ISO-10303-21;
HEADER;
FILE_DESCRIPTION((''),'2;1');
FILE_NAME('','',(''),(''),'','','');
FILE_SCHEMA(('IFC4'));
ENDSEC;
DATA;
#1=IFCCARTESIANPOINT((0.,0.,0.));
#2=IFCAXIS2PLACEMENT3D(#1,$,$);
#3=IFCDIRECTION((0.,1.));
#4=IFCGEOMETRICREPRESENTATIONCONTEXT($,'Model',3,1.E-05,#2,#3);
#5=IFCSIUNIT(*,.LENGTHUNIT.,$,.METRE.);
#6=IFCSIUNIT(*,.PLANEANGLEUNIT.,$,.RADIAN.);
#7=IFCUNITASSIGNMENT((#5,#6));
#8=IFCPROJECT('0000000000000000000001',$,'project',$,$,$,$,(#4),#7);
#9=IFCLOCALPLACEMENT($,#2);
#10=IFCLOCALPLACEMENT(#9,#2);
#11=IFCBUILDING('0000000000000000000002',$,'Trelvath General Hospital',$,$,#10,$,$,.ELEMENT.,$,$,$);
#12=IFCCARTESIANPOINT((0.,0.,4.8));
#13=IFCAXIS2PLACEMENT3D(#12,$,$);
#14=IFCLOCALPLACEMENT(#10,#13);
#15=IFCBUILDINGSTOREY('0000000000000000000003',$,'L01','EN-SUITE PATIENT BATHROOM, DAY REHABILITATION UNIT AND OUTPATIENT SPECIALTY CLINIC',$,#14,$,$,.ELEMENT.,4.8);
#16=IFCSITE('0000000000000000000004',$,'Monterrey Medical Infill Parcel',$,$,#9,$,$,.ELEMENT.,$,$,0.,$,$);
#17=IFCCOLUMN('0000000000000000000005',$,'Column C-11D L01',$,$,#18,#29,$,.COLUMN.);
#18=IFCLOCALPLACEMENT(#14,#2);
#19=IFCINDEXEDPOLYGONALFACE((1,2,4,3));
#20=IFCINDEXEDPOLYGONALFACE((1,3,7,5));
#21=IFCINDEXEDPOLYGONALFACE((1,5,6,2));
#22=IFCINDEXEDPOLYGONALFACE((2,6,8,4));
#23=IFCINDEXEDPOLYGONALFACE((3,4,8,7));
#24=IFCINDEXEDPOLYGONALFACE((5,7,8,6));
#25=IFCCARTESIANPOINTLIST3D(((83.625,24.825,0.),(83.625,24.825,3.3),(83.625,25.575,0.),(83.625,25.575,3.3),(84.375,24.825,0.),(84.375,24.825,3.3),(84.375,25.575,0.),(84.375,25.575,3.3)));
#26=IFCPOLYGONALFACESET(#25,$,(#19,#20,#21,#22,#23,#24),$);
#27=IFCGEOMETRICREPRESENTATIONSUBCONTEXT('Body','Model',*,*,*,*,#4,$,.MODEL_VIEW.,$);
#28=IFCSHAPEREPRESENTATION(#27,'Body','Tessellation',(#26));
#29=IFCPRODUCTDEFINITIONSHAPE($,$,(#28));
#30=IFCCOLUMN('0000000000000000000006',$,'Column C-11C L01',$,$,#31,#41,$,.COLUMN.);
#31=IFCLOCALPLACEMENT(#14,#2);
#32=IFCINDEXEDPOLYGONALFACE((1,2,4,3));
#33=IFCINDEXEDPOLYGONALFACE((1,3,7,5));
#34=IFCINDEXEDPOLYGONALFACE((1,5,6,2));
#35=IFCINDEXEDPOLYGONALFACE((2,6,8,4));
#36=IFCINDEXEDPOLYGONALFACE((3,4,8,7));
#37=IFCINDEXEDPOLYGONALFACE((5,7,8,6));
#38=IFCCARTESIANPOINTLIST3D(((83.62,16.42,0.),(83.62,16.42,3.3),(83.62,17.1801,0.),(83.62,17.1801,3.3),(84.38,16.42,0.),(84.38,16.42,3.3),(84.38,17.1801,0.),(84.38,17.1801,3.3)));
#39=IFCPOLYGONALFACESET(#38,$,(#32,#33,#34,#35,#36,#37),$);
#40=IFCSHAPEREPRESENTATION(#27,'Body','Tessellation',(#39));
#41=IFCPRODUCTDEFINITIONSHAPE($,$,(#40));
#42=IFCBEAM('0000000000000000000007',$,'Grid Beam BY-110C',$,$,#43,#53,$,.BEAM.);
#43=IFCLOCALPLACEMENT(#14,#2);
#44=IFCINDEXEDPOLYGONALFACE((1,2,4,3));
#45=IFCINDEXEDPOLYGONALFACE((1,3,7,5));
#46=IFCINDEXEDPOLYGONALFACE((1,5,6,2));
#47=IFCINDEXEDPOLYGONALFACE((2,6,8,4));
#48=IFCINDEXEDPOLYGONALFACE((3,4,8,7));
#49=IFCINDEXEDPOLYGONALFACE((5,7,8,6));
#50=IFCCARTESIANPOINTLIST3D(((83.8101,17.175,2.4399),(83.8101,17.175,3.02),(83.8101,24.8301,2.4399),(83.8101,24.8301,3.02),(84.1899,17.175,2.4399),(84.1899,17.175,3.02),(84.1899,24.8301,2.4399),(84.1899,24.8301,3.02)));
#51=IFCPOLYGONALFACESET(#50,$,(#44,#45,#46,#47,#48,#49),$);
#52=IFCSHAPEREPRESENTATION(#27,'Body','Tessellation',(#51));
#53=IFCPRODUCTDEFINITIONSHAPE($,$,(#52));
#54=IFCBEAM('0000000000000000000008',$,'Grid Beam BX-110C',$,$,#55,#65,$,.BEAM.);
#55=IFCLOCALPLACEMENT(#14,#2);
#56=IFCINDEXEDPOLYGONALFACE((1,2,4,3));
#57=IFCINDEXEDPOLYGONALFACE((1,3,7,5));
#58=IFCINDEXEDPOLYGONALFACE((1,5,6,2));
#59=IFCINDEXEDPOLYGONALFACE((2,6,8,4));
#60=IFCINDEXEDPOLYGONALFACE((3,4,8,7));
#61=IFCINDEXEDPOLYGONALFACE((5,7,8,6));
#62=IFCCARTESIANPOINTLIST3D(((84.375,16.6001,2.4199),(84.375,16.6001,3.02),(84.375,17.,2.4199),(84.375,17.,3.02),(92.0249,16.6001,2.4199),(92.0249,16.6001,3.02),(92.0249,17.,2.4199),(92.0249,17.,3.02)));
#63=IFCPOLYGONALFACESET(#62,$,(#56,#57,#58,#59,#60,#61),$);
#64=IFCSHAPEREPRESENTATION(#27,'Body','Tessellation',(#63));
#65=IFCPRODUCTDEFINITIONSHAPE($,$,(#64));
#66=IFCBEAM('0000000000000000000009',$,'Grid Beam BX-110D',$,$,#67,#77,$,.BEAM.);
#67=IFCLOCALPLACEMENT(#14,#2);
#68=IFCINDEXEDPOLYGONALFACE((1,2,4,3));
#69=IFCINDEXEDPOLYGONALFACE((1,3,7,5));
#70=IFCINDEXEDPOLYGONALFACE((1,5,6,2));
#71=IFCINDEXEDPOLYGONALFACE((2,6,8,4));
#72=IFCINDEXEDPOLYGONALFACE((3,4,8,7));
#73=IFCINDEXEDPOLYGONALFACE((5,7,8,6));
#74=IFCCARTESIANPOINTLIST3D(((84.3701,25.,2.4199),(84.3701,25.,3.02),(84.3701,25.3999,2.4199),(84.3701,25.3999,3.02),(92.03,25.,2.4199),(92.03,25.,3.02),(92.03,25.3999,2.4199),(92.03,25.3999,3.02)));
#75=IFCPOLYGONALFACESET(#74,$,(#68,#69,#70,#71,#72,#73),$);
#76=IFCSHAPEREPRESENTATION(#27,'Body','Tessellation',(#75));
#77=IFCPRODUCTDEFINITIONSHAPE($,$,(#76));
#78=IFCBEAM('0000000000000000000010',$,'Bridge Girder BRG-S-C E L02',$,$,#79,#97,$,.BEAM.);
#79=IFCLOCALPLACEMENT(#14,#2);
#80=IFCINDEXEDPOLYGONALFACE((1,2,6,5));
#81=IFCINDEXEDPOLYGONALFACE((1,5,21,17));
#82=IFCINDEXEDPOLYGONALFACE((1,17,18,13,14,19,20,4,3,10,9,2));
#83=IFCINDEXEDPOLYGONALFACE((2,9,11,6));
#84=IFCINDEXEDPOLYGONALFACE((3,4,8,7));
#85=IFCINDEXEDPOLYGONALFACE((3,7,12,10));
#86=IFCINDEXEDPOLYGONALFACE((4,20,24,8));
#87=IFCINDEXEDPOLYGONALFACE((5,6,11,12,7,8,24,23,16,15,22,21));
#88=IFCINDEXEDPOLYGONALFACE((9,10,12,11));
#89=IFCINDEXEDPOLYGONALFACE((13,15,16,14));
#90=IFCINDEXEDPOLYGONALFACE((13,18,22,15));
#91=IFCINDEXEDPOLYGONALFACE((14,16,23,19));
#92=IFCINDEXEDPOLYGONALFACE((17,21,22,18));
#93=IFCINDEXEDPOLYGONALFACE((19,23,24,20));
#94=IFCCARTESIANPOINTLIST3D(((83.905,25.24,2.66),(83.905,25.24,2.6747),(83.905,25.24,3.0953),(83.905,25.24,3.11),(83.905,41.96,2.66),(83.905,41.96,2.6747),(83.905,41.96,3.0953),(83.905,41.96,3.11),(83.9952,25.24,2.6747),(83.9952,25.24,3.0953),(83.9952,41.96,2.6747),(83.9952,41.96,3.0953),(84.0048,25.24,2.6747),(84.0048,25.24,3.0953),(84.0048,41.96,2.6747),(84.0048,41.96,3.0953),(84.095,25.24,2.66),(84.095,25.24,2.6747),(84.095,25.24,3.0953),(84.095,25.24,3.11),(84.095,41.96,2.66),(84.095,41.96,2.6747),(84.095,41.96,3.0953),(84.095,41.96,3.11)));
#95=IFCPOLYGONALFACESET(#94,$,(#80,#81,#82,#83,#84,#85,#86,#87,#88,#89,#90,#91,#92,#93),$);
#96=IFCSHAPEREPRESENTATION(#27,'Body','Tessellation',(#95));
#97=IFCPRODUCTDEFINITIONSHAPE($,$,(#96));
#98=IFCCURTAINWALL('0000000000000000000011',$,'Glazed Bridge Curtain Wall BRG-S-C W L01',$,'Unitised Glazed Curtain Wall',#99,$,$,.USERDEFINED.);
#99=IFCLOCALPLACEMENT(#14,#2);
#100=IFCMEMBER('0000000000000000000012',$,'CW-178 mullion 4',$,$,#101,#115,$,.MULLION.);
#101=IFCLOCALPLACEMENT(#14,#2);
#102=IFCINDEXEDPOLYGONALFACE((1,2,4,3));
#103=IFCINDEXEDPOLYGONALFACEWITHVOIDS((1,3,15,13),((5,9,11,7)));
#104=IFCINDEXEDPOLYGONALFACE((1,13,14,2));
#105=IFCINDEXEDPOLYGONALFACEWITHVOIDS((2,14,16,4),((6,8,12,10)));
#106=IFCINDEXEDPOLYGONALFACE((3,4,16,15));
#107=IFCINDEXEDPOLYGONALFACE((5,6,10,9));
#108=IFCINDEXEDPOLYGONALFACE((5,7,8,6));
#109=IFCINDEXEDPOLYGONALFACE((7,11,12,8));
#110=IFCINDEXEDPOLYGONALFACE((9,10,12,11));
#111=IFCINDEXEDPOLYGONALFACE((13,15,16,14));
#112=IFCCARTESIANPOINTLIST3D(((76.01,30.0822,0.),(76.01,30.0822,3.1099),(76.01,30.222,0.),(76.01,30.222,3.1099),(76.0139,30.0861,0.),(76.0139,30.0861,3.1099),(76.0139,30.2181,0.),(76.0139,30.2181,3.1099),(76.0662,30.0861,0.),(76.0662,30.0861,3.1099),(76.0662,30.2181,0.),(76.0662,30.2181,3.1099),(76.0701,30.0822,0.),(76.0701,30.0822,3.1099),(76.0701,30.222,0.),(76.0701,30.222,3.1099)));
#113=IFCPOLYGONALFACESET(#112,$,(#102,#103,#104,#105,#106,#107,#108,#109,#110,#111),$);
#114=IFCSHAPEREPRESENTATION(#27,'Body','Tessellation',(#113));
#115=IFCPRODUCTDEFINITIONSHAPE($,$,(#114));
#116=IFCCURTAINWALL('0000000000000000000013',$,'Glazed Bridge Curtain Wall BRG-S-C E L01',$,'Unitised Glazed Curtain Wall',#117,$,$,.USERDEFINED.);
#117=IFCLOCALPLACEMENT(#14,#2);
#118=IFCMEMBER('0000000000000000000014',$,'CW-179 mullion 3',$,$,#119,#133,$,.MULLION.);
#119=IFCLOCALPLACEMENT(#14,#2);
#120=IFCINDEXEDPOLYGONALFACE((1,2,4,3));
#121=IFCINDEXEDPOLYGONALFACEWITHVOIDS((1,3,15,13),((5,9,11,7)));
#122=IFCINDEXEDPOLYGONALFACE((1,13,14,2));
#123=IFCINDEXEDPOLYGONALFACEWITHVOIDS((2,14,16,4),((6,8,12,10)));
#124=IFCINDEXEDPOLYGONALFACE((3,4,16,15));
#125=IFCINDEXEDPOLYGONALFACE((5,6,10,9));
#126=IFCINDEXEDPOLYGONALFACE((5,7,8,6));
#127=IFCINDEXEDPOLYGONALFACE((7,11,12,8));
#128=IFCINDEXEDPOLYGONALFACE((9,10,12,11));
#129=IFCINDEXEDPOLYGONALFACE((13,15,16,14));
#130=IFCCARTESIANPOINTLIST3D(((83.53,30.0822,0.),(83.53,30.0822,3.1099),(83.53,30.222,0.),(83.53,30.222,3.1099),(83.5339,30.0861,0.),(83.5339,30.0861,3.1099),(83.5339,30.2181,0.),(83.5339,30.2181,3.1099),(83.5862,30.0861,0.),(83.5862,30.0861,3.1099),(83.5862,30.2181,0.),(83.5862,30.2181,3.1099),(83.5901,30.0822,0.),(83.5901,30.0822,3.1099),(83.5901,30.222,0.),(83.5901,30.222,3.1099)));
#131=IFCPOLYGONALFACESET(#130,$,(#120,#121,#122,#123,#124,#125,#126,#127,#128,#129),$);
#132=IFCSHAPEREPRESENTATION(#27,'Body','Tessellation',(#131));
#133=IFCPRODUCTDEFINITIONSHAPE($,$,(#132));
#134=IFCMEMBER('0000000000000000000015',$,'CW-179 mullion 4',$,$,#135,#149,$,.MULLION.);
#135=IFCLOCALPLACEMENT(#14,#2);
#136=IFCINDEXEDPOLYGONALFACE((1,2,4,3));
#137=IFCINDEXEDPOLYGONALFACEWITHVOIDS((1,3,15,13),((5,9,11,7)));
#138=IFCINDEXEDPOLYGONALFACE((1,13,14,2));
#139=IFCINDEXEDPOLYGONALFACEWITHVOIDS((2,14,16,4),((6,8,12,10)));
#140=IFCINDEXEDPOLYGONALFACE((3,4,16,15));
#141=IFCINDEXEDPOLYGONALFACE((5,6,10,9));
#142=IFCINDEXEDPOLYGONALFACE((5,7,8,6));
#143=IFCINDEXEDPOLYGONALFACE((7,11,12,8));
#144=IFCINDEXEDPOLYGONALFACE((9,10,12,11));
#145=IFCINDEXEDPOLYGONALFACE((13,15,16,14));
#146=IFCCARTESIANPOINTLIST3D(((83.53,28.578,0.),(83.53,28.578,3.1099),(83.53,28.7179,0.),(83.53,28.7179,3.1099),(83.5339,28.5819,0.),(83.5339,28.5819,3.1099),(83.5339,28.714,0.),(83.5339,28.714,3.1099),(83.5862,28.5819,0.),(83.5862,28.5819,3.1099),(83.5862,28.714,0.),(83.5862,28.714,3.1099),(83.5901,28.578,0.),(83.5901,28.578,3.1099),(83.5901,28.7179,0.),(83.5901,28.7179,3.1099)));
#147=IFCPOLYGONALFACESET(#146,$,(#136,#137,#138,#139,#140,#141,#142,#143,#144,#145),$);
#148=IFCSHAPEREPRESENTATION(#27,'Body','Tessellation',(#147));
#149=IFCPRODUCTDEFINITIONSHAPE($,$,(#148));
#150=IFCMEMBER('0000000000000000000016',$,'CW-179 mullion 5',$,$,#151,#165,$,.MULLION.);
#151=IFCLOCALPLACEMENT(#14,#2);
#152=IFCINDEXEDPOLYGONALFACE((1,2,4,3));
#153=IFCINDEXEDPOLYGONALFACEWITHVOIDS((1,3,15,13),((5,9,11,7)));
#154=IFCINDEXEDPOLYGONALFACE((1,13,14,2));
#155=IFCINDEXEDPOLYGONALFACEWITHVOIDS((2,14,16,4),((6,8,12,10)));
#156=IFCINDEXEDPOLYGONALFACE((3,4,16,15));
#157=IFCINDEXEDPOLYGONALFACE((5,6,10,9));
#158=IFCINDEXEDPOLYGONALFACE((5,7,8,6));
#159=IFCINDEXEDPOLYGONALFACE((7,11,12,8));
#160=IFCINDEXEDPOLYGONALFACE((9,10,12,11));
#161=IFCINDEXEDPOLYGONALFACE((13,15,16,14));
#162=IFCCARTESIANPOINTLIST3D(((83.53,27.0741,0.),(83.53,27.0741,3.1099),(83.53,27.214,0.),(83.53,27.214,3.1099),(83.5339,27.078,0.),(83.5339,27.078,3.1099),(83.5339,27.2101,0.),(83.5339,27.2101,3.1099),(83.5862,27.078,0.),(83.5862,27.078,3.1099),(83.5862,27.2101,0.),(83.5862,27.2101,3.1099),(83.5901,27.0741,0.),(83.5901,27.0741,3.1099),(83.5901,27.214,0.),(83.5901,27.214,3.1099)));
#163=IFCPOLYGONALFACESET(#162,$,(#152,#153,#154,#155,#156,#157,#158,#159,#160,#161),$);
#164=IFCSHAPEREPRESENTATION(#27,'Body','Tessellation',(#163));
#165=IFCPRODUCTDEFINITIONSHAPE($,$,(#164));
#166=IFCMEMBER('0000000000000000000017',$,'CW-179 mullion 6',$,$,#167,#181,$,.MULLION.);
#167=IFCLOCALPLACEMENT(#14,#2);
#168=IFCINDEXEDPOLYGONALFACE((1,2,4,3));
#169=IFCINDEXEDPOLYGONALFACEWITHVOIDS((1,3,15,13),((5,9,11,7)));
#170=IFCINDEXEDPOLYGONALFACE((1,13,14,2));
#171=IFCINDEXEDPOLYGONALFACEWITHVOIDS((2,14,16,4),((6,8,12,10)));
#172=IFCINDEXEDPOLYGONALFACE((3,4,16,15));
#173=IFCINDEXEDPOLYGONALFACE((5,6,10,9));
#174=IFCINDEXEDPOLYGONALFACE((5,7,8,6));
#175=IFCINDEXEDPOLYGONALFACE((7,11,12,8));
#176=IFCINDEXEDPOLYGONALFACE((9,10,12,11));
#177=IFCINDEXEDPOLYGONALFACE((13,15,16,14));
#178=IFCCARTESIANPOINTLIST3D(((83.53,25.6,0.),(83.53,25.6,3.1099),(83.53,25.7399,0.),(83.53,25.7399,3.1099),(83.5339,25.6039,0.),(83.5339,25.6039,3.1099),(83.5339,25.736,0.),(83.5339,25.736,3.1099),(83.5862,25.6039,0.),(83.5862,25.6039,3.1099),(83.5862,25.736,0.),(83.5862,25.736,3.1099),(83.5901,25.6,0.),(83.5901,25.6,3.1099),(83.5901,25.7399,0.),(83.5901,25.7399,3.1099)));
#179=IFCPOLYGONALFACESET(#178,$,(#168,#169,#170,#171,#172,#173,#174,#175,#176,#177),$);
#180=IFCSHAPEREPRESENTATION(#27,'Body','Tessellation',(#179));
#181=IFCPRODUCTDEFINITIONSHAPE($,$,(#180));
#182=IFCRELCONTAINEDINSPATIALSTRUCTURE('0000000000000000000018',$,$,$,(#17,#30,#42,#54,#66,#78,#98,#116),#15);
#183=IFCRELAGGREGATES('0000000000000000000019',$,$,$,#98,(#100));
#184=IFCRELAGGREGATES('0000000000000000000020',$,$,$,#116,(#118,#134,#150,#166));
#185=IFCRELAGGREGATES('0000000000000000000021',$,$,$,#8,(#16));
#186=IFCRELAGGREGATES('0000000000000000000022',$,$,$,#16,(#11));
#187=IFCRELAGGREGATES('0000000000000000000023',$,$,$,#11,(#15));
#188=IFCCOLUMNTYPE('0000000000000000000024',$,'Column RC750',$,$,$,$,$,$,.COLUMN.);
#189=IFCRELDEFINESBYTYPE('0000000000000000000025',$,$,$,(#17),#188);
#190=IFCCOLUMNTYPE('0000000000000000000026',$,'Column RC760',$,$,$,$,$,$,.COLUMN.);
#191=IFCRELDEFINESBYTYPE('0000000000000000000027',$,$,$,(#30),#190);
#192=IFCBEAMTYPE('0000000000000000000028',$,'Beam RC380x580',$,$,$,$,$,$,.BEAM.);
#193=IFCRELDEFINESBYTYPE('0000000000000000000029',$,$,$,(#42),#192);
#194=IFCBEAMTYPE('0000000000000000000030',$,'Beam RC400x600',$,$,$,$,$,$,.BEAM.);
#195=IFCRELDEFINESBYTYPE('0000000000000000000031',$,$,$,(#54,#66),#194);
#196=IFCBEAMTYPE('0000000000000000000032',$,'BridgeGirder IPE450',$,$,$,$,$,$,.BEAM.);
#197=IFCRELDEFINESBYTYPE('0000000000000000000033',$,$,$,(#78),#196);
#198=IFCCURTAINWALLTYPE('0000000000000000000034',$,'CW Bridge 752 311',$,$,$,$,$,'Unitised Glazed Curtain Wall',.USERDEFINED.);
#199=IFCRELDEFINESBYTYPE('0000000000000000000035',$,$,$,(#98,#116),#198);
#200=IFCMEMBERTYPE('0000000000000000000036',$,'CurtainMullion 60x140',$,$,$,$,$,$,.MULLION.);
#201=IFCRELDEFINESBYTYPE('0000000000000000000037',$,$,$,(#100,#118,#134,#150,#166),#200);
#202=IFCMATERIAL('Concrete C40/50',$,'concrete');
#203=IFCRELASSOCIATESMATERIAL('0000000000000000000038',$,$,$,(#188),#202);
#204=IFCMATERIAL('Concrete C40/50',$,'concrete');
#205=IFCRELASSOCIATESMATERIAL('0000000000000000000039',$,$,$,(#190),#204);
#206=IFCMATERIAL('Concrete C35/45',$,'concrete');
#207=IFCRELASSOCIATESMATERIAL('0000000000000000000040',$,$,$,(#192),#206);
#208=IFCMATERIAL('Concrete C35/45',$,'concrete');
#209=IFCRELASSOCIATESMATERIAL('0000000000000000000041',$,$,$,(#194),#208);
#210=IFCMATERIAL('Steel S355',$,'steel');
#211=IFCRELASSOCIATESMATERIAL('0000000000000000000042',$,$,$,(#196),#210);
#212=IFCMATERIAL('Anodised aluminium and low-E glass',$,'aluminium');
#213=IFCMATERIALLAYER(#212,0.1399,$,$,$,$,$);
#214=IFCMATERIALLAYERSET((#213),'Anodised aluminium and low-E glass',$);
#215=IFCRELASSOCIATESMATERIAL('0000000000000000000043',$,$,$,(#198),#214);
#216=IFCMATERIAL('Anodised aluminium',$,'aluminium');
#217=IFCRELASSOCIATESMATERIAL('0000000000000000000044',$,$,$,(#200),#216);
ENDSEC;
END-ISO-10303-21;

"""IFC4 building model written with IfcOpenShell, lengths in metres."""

from ifc_helpers import new_model, si_unit, direction, frame, origin, origin_2d, place, context, subcontext, project, spatial, rectangle, hollow_rectangle, i_section, extrude, material, layer, layer_set, material_profile, profile_set, type_object, element, aggregate, save


model = new_model("IFC4")

# Units and contexts
model_context = context("Model", 3, precision=1e-05, world=origin(), true_north=direction((0.0, 1.0)))
body_context = subcontext(model_context, "Body", "Model", "MODEL_VIEW")
ifc_project = project(units=[si_unit("LENGTHUNIT", "METRE"), si_unit("PLANEANGLEUNIT", "RADIAN")], contexts=[model_context])

# Site, building, storey
site_placement = place(None, origin())
site = spatial("IfcSite", under=ifc_project, at=site_placement, Name="Monterrey Medical Infill Parcel", CompositionType="ELEMENT", RefElevation=0.0)
building_placement = place(site_placement, origin())
building = spatial("IfcBuilding", under=site, at=building_placement, Name="Trelvath General Hospital", CompositionType="ELEMENT")
storey_placement = place(building_placement, frame((0.0, 0.0, 4.8)))
storey = spatial("IfcBuildingStorey", under=building, at=storey_placement, Name="L01", Description="EN-SUITE PATIENT BATHROOM, DAY REHABILITATION UNIT AND OUTPATIENT SPECIALTY CLINIC", CompositionType="ELEMENT", Elevation=4.8)

# Columns
ifc_material_1 = material(Name="Concrete C40/50", Category="concrete")
ifc_material_profile_1 = material_profile(ifc_material_1, rectangle(XDim=0.75, YDim=0.75, at=origin_2d()), Name="RC750x750")
ifc_profile_set_1 = profile_set([ifc_material_profile_1], Name="Concrete C40/50")
column_type_1 = type_object("IfcColumnType", Name="Column RC750", PredefinedType="COLUMN", material=ifc_profile_set_1)
column_1_placement = place(storey_placement, frame((84.0, 25.2, 0.0), z_axis=(0.0, 0.0, 1.0), x_axis=(1.0, 0.0, 0.0)))
element("IfcColumn", 1, at=column_1_placement, inside=storey, type_object=column_type_1, Name="Column C-11D L01", PredefinedType="COLUMN", context=body_context, shape_type="SweptSolid", body=[
    extrude(rectangle(XDim=0.75, YDim=0.75, at=origin_2d()), origin(), (0.0, 0.0, 1.0), 3.3),
])
ifc_material_2 = material(Name="Concrete C40/50", Category="concrete")
ifc_material_profile_2 = material_profile(ifc_material_2, rectangle(XDim=0.76, YDim=0.76, at=origin_2d()), Name="RC760x760")
ifc_profile_set_2 = profile_set([ifc_material_profile_2], Name="Concrete C40/50")
column_type_2 = type_object("IfcColumnType", Name="Column RC760", PredefinedType="COLUMN", material=ifc_profile_set_2)
column_2_placement = place(storey_placement, frame((84.0, 16.8, 0.0), z_axis=(0.0, 0.0, 1.0), x_axis=(1.0, 0.0, 0.0)))
element("IfcColumn", 2, at=column_2_placement, inside=storey, type_object=column_type_2, Name="Column C-11C L01", PredefinedType="COLUMN", context=body_context, shape_type="SweptSolid", body=[
    extrude(rectangle(XDim=0.76, YDim=0.76, at=origin_2d()), origin(), (0.0, 0.0, 1.0), 3.3),
])

# Beams
ifc_material_3 = material(Name="Concrete C35/45", Category="concrete")
ifc_material_profile_3 = material_profile(ifc_material_3, rectangle(XDim=0.3799, YDim=0.5801, at=origin_2d()), Name="RCB380x580")
ifc_profile_set_3 = profile_set([ifc_material_profile_3], Name="Concrete C35/45")
beam_type_1 = type_object("IfcBeamType", Name="Beam RC380x580", PredefinedType="BEAM", material=ifc_profile_set_3)
beam_1_placement = place(storey_placement, frame((84.0, 17.175, 2.73), z_axis=(0.0, 1.0, 0.0), x_axis=(-1.0, 0.0, 0.0)))
element("IfcBeam", 3, at=beam_1_placement, inside=storey, type_object=beam_type_1, Name="Grid Beam BY-110C", PredefinedType="BEAM", context=body_context, shape_type="SweptSolid", body=[
    extrude(rectangle(XDim=0.3799, YDim=0.5801, at=origin_2d()), origin(), (0.0, 0.0, 1.0), 7.655),
])
ifc_material_4 = material(Name="Concrete C35/45", Category="concrete")
ifc_material_profile_4 = material_profile(ifc_material_4, rectangle(XDim=0.3999, YDim=0.6001, at=origin_2d()), Name="RCB400x600")
ifc_profile_set_4 = profile_set([ifc_material_profile_4], Name="Concrete C35/45")
beam_type_2 = type_object("IfcBeamType", Name="Beam RC400x600", PredefinedType="BEAM", material=ifc_profile_set_4)
beam_2_placement = place(storey_placement, frame((84.375, 16.8, 2.72), z_axis=(1.0, 0.0, 0.0), x_axis=(0.0, 1.0, 0.0)))
element("IfcBeam", 4, at=beam_2_placement, inside=storey, type_object=beam_type_2, Name="Grid Beam BX-110C", PredefinedType="BEAM", context=body_context, shape_type="SweptSolid", body=[
    extrude(rectangle(XDim=0.3999, YDim=0.6001, at=origin_2d()), origin(), (0.0, 0.0, 1.0), 7.6499),
])
beam_3_placement = place(storey_placement, frame((84.3701, 25.2, 2.72), z_axis=(1.0, 0.0, 0.0), x_axis=(0.0, 1.0, 0.0)))
element("IfcBeam", 5, at=beam_3_placement, inside=storey, type_object=beam_type_2, Name="Grid Beam BX-110D", PredefinedType="BEAM", context=body_context, shape_type="SweptSolid", body=[
    extrude(rectangle(XDim=0.3999, YDim=0.6001, at=origin_2d()), origin(), (0.0, 0.0, 1.0), 7.6599),
])
ifc_material_5 = material(Name="Steel S355", Category="steel")
ifc_material_profile_5 = material_profile(ifc_material_5, i_section(OverallWidth=0.1899, OverallDepth=0.45, WebThickness=0.0095, FlangeThickness=0.0146, at=origin_2d()), Name="IPE450")
ifc_profile_set_5 = profile_set([ifc_material_profile_5], Name="Steel S355")
beam_type_3 = type_object("IfcBeamType", Name="BridgeGirder IPE450", PredefinedType="BEAM", material=ifc_profile_set_5)
beam_4_placement = place(storey_placement, frame((84.0, 25.24, 2.885), z_axis=(0.0, 1.0, 0.0), x_axis=(-1.0, 0.0, 0.0)))
element("IfcBeam", 6, at=beam_4_placement, inside=storey, type_object=beam_type_3, Name="Bridge Girder BRG-S-C E L02", PredefinedType="BEAM", context=body_context, shape_type="SweptSolid", body=[
    extrude(i_section(OverallWidth=0.1899, OverallDepth=0.45, WebThickness=0.0095, FlangeThickness=0.0146, at=origin_2d()), origin(), (0.0, 0.0, 1.0), 16.72),
])

# Curtain wall, member
ifc_material_6 = material(Name="Anodised aluminium and low-E glass", Category="aluminium")
ifc_layer_1 = layer(ifc_material_6, 0.1399)
ifc_layer_set_1 = layer_set([ifc_layer_1], Name="Anodised aluminium and low-E glass")
curtain_wall_type = type_object("IfcCurtainWallType", Name="CW Bridge 752 311", ElementType="Unitised Glazed Curtain Wall", PredefinedType="USERDEFINED", material=ifc_layer_set_1)
curtain_wall_1_placement = place(storey_placement, origin())
curtain_wall_1 = element("IfcCurtainWall", 7, at=curtain_wall_1_placement, inside=storey, type_object=curtain_wall_type, Name="Glazed Bridge Curtain Wall BRG-S-C W L01", ObjectType="Unitised Glazed Curtain Wall", PredefinedType="USERDEFINED")
ifc_material_7 = material(Name="Anodised aluminium", Category="aluminium")
ifc_material_profile_6 = material_profile(ifc_material_7, hollow_rectangle(XDim=0.0601, YDim=0.1399, WallThickness=0.0039, at=origin_2d()), Name="RHS60x140x4")
ifc_profile_set_6 = profile_set([ifc_material_profile_6], Name="Anodised aluminium")
member_type_1 = type_object("IfcMemberType", Name="CurtainMullion 60x140", PredefinedType="MULLION", material=ifc_profile_set_6)
member_1_placement = place(storey_placement, frame((76.04, 30.1521, 0.0), z_axis=(0.0, 0.0, 1.0), x_axis=(-1.0, 0.0, 0.0)))
member_1 = element("IfcMember", 8, at=member_1_placement, type_object=member_type_1, Name="CW-178 mullion 4", PredefinedType="MULLION", context=body_context, shape_type="SweptSolid", body=[
    extrude(hollow_rectangle(XDim=0.0601, YDim=0.1399, WallThickness=0.0039, at=origin_2d()), origin(), (0.0, 0.0, 1.0), 3.1099),
])

# Curtain wall, members
curtain_wall_2_placement = place(storey_placement, origin())
curtain_wall_2 = element("IfcCurtainWall", 9, at=curtain_wall_2_placement, inside=storey, type_object=curtain_wall_type, Name="Glazed Bridge Curtain Wall BRG-S-C E L01", ObjectType="Unitised Glazed Curtain Wall", PredefinedType="USERDEFINED")
member_2_placement = place(storey_placement, frame((83.5601, 30.1521, 0.0), z_axis=(0.0, 0.0, 1.0), x_axis=(1.0, 0.0, 0.0)))
member_2 = element("IfcMember", 10, at=member_2_placement, type_object=member_type_1, Name="CW-179 mullion 3", PredefinedType="MULLION", context=body_context, shape_type="SweptSolid", body=[
    extrude(hollow_rectangle(XDim=0.0601, YDim=0.1399, WallThickness=0.0039, at=origin_2d()), origin(), (0.0, 0.0, 1.0), 3.1099),
])
member_3_placement = place(storey_placement, frame((83.5601, 28.6479, 0.0), z_axis=(0.0, 0.0, 1.0), x_axis=(1.0, 0.0, 0.0)))
member_3 = element("IfcMember", 11, at=member_3_placement, type_object=member_type_1, Name="CW-179 mullion 4", PredefinedType="MULLION", context=body_context, shape_type="SweptSolid", body=[
    extrude(hollow_rectangle(XDim=0.0601, YDim=0.1399, WallThickness=0.0039, at=origin_2d()), origin(), (0.0, 0.0, 1.0), 3.1099),
])
member_4_placement = place(storey_placement, frame((83.5601, 27.144, 0.0), z_axis=(0.0, 0.0, 1.0), x_axis=(1.0, 0.0, 0.0)))
member_4 = element("IfcMember", 12, at=member_4_placement, type_object=member_type_1, Name="CW-179 mullion 5", PredefinedType="MULLION", context=body_context, shape_type="SweptSolid", body=[
    extrude(hollow_rectangle(XDim=0.0601, YDim=0.1399, WallThickness=0.0039, at=origin_2d()), origin(), (0.0, 0.0, 1.0), 3.1099),
])
member_5_placement = place(storey_placement, frame((83.5601, 25.6699, 0.0), z_axis=(0.0, 0.0, 1.0), x_axis=(1.0, 0.0, 0.0)))
member_5 = element("IfcMember", 13, at=member_5_placement, type_object=member_type_1, Name="CW-179 mullion 6", PredefinedType="MULLION", context=body_context, shape_type="SweptSolid", body=[
    extrude(hollow_rectangle(XDim=0.0601, YDim=0.1399, WallThickness=0.0039, at=origin_2d()), origin(), (0.0, 0.0, 1.0), 3.1099),
])

aggregate(curtain_wall_1, [member_1])
aggregate(curtain_wall_2, [member_2, member_3, member_4, member_5])

save(model, "model.ifc")
